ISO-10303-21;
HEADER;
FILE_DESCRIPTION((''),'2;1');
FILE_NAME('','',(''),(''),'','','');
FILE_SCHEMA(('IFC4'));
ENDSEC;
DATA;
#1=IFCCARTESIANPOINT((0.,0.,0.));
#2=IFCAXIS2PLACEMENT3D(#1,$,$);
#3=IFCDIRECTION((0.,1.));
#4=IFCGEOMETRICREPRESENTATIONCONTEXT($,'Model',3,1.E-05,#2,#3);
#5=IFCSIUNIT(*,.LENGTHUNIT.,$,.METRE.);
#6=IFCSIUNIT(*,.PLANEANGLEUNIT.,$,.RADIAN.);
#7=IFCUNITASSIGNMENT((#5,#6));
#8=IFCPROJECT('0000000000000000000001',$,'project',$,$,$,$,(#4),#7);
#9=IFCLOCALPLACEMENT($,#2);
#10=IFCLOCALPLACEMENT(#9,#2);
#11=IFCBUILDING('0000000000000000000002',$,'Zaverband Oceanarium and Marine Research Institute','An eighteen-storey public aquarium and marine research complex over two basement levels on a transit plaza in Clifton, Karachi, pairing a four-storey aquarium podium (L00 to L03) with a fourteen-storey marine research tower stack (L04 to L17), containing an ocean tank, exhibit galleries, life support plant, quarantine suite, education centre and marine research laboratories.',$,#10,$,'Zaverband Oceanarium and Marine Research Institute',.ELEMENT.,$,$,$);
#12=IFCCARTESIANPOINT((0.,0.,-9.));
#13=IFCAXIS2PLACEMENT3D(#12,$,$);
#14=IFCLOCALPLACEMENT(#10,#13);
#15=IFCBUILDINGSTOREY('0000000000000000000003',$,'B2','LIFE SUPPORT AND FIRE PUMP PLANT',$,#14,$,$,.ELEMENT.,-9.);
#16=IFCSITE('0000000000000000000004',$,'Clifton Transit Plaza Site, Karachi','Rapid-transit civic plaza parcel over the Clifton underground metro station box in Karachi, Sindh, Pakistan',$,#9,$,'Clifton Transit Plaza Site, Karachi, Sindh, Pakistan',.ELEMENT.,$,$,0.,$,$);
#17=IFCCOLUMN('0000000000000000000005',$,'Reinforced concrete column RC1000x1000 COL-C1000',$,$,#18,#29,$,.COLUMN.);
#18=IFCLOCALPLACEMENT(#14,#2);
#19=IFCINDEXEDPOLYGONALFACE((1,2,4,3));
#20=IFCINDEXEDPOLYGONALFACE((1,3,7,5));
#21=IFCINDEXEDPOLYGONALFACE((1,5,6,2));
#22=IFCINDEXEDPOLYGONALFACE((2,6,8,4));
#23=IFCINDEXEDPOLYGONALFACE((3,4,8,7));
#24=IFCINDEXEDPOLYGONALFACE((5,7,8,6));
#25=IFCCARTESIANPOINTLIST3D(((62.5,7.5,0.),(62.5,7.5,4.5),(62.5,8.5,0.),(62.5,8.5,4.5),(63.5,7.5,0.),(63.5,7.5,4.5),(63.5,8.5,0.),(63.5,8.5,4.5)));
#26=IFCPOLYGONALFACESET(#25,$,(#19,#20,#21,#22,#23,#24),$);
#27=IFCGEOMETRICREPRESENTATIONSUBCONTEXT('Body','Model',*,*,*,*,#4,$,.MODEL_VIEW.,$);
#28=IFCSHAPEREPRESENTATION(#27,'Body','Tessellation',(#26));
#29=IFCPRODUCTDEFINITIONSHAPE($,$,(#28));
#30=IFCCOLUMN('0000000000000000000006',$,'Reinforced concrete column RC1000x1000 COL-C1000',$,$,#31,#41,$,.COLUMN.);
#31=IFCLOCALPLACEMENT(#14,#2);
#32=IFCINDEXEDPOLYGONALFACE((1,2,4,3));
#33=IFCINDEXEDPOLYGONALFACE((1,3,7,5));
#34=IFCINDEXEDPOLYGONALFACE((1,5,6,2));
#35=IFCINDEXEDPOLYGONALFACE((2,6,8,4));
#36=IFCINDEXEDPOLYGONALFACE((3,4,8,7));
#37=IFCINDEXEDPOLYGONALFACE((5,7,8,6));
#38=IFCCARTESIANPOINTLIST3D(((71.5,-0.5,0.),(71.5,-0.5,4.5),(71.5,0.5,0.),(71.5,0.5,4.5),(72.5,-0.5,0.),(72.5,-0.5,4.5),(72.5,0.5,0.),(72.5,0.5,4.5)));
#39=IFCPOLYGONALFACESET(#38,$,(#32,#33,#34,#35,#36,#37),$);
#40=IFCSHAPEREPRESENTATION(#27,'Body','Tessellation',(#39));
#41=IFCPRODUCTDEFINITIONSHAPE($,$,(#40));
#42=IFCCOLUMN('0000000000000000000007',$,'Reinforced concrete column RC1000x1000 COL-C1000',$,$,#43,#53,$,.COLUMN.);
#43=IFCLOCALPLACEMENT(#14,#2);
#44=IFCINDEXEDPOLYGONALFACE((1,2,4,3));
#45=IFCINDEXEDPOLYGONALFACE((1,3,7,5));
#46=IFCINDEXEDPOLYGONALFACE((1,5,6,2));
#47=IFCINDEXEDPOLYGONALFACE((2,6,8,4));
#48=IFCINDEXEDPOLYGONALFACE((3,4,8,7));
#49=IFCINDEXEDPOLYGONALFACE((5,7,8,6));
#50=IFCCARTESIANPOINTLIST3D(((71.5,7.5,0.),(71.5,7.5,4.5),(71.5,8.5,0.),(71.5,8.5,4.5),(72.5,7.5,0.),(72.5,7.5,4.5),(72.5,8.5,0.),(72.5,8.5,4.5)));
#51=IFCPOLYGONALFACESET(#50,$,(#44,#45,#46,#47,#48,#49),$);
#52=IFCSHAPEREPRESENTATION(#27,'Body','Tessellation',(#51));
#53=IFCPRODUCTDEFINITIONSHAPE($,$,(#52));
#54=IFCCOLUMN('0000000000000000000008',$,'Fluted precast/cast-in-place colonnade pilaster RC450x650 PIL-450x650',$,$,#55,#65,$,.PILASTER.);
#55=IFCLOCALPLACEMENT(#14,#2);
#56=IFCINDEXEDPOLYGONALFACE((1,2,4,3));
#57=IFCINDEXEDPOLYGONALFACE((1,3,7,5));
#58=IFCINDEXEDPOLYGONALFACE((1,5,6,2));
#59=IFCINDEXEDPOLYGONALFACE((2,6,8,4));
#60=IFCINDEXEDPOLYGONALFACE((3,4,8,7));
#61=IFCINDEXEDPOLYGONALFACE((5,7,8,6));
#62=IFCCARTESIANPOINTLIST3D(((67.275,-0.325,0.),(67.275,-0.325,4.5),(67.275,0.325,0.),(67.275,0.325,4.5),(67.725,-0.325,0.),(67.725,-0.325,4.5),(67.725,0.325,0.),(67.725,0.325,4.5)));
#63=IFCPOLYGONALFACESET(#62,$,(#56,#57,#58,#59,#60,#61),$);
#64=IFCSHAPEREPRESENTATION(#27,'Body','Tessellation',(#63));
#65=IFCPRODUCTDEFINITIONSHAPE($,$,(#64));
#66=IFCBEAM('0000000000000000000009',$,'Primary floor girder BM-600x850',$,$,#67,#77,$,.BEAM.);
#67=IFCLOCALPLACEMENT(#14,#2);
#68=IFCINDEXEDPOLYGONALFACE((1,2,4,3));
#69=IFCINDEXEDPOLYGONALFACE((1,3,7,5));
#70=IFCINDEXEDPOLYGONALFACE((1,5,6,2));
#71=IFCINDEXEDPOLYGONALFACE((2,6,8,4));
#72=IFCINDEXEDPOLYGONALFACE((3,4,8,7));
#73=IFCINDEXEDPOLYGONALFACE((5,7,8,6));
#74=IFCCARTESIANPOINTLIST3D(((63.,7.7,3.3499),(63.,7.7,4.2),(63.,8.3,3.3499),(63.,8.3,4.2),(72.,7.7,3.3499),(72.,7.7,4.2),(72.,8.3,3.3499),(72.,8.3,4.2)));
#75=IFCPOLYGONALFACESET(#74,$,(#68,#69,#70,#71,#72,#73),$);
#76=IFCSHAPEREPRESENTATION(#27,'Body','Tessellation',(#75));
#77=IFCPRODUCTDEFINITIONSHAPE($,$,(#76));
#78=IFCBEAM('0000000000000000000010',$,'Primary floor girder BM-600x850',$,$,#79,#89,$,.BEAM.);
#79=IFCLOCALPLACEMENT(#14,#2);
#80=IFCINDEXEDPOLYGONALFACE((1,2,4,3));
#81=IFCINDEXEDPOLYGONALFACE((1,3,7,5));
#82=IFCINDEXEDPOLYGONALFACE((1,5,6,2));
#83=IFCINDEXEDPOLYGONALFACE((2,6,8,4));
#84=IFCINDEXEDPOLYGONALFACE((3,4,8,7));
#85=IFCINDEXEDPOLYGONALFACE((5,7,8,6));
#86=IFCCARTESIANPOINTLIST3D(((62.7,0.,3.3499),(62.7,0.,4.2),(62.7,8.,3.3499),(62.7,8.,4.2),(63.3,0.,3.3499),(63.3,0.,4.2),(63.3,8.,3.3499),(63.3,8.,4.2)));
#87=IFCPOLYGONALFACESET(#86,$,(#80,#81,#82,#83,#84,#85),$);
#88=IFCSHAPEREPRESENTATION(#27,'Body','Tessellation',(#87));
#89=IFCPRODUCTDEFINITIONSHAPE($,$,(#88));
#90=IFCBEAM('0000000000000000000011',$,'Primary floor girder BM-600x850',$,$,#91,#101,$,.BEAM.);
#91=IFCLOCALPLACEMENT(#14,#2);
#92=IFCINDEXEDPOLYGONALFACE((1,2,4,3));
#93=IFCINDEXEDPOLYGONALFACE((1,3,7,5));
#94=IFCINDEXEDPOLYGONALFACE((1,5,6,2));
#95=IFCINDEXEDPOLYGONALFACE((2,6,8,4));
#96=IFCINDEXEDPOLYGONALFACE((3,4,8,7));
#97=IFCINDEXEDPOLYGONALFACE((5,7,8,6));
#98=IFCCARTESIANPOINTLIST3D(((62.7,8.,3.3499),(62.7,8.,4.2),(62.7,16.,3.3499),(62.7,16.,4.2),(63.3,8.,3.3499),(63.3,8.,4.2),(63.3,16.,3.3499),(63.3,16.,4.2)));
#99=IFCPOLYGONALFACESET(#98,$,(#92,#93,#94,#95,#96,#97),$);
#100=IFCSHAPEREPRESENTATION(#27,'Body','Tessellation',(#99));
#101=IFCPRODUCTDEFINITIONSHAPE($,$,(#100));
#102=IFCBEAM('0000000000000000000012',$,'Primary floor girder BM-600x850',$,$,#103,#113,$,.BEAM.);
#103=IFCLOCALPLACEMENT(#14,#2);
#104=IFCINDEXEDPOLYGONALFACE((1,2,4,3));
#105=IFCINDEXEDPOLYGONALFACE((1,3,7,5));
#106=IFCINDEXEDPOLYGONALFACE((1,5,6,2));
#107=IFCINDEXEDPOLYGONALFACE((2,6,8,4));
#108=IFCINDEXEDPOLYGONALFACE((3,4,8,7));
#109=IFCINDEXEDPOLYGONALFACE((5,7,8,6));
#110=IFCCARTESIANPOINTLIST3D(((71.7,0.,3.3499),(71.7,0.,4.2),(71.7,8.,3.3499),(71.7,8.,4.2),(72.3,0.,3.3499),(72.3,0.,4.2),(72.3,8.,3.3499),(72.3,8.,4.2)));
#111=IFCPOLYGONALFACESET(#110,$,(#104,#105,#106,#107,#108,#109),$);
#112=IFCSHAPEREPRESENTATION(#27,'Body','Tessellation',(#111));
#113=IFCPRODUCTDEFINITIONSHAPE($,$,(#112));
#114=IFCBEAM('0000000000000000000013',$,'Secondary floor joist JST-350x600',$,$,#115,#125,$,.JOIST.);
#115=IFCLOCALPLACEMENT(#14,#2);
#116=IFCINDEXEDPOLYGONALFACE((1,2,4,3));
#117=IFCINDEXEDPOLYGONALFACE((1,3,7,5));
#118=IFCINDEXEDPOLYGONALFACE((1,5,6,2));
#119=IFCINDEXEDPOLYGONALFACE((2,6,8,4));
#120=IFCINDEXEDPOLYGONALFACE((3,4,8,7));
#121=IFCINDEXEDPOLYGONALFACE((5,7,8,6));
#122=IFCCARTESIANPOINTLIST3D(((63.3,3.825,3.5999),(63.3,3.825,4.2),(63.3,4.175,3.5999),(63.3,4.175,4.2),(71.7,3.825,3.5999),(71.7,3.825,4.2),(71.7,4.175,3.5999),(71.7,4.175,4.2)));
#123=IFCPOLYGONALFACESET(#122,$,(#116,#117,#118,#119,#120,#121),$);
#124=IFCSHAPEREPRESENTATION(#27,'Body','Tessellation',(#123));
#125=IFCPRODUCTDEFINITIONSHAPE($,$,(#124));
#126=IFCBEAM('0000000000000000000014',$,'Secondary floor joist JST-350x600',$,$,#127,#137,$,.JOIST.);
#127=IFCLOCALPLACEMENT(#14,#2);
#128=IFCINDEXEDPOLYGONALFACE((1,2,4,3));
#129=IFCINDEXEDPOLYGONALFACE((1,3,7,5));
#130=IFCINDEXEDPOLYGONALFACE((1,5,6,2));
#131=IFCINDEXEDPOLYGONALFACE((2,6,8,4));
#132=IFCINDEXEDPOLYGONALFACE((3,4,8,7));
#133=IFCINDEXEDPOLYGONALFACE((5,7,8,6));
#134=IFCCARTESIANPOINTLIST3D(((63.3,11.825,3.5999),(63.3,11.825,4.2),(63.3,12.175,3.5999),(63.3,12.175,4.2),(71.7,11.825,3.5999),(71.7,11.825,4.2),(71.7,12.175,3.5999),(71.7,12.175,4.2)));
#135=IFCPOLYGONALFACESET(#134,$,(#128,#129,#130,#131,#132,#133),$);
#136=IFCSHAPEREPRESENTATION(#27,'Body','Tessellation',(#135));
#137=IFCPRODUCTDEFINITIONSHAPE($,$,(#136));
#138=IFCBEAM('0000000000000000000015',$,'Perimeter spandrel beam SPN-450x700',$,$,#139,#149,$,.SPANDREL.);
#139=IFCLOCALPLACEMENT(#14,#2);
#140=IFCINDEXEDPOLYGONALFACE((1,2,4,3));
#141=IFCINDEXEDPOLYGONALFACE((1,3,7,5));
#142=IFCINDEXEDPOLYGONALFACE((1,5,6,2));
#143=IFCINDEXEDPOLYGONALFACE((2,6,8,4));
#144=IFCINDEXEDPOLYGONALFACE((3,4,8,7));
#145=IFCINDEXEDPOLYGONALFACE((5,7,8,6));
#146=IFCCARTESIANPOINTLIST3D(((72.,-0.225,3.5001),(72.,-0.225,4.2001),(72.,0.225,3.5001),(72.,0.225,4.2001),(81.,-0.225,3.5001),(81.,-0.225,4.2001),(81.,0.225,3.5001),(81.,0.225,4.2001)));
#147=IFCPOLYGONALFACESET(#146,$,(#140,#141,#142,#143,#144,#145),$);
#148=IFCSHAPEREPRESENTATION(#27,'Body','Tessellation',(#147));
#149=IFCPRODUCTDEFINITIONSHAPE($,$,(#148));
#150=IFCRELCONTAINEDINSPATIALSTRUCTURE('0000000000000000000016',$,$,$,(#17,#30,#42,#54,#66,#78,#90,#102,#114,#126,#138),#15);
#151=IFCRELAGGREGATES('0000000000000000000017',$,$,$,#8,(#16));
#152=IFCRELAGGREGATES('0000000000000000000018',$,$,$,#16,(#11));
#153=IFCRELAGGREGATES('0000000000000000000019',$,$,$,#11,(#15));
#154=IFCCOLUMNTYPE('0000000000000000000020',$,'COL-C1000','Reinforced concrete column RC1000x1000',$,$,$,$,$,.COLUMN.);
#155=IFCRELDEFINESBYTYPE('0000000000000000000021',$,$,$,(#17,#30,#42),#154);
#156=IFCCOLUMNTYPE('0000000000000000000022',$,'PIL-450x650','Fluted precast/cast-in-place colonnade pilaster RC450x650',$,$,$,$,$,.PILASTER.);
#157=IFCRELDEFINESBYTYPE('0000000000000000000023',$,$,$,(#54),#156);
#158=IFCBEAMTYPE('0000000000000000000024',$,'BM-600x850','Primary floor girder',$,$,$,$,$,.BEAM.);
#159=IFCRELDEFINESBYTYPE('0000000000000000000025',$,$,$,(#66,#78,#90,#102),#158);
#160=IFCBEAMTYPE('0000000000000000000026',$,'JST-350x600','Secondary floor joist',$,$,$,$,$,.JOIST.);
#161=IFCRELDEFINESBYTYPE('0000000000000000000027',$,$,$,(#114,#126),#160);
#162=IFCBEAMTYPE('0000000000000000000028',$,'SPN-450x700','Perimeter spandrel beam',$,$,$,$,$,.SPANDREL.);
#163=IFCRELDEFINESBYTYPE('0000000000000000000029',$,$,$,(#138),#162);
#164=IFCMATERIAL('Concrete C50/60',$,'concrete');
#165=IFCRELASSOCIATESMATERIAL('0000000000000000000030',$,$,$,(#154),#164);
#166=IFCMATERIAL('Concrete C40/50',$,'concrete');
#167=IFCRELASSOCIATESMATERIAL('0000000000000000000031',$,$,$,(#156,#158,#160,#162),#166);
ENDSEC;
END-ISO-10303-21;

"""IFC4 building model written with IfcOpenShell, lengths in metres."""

from ifc_helpers import new_model, si_unit, direction, frame, origin, origin_2d, place, context, subcontext, project, spatial, rectangle, extrude, material, material_profile, profile_set, type_object, element, save


model = new_model("IFC4")

# Units and contexts
model_context = context("Model", 3, precision=1e-05, world=origin(), true_north=direction((0.0, 1.0)))
body_context = subcontext(model_context, "Body", "Model", "MODEL_VIEW")
ifc_project = project(units=[si_unit("LENGTHUNIT", "METRE"), si_unit("PLANEANGLEUNIT", "RADIAN")], contexts=[model_context])

# Site, building, storey
site_placement = place(None, origin())
site = spatial("IfcSite", under=ifc_project, at=site_placement, Name="Clifton Transit Plaza Site, Karachi", Description="Rapid-transit civic plaza parcel over the Clifton underground metro station box in Karachi, Sindh, Pakistan", LongName="Clifton Transit Plaza Site, Karachi, Sindh, Pakistan", CompositionType="ELEMENT", RefElevation=0.0)
building_placement = place(site_placement, origin())
building = spatial("IfcBuilding", under=site, at=building_placement, Name="Zaverband Oceanarium and Marine Research Institute", Description="An eighteen-storey public aquarium and marine research complex over two basement levels on a transit plaza in Clifton, Karachi, pairing a four-storey aquarium podium (L00 to L03) with a fourteen-storey marine research tower stack (L04 to L17), containing an ocean tank, exhibit galleries, life support plant, quarantine suite, education centre and marine research laboratories.", LongName="Zaverband Oceanarium and Marine Research Institute", CompositionType="ELEMENT")
storey_placement = place(building_placement, frame((0.0, 0.0, -9.0)))
storey = spatial("IfcBuildingStorey", under=building, at=storey_placement, Name="B2", Description="LIFE SUPPORT AND FIRE PUMP PLANT", CompositionType="ELEMENT", Elevation=-9.0)

# Shared definitions
ifc_material_1 = material(Name="Concrete C50/60", Category="concrete")
ifc_material_2 = material(Name="Concrete C40/50", Category="concrete")

# Columns
ifc_material_profile_1 = material_profile(ifc_material_1, rectangle(XDim=1.0, YDim=1.0, at=origin_2d()), Name="RC1000x1000")
ifc_profile_set_1 = profile_set([ifc_material_profile_1], Name="Concrete C50/60")
column_type_1 = type_object("IfcColumnType", Name="COL-C1000", Description="Reinforced concrete column RC1000x1000", PredefinedType="COLUMN", material=ifc_profile_set_1)
for number, where, z_axis, x_axis, name in (
    (1, (63.0, 8.0, 0.0), (0.0, 0.0, 1.0), (1.0, 0.0, 0.0), "Reinforced concrete column RC1000x1000 COL-C1000"),
    (2, (72.0, 0.0, 0.0), (0.0, 0.0, 1.0), (1.0, 0.0, 0.0), "Reinforced concrete column RC1000x1000 COL-C1000"),
    (3, (72.0, 8.0, 0.0), (0.0, 0.0, 1.0), (1.0, 0.0, 0.0), "Reinforced concrete column RC1000x1000 COL-C1000"),
):
    element("IfcColumn", number, at=place(storey_placement, frame(where, z_axis=z_axis, x_axis=x_axis)), inside=storey, type_object=column_type_1, Name=name, PredefinedType="COLUMN", context=body_context, shape_type="SweptSolid", body=[
        extrude(rectangle(XDim=1.0, YDim=1.0, at=origin_2d()), origin(), (0.0, 0.0, 1.0), 4.5),
    ])
ifc_material_profile_2 = material_profile(ifc_material_2, rectangle(XDim=0.45, YDim=0.6499, at=origin_2d()), Name="RC450x650")
ifc_profile_set_2 = profile_set([ifc_material_profile_2], Name="Concrete C40/50")
column_type_2 = type_object("IfcColumnType", Name="PIL-450x650", Description="Fluted precast/cast-in-place colonnade pilaster RC450x650", PredefinedType="PILASTER", material=ifc_profile_set_2)
column_placement = place(storey_placement, frame((67.5, 0.0, 0.0), z_axis=(0.0, 0.0, 1.0), x_axis=(1.0, 0.0, 0.0)))
element("IfcColumn", 4, at=column_placement, inside=storey, type_object=column_type_2, Name="Fluted precast/cast-in-place colonnade pilaster RC450x650 PIL-450x650", PredefinedType="PILASTER", context=body_context, shape_type="SweptSolid", body=[
    extrude(rectangle(XDim=0.45, YDim=0.6499, at=origin_2d()), origin(), (0.0, 0.0, 1.0), 4.5),
])

# Beams
ifc_material_profile_3 = material_profile(ifc_material_2, rectangle(XDim=0.6001, YDim=0.8501, at=origin_2d()), Name="RC600x850")
ifc_profile_set_3 = profile_set([ifc_material_profile_3], Name="Concrete C40/50")
beam_type_1 = type_object("IfcBeamType", Name="BM-600x850", Description="Primary floor girder", PredefinedType="BEAM", material=ifc_profile_set_3)
beam_1_placement = place(storey_placement, frame((63.0, 8.0, 3.7749), z_axis=(1.0, 0.0, 0.0), x_axis=(0.0, 1.0, 0.0)))
element("IfcBeam", 5, at=beam_1_placement, inside=storey, type_object=beam_type_1, Name="Primary floor girder BM-600x850", PredefinedType="BEAM", context=body_context, shape_type="SweptSolid", body=[
    extrude(rectangle(XDim=0.6001, YDim=0.8501, at=origin_2d()), origin(), (0.0, 0.0, 1.0), 9.0),
])
for number, where, z_axis, x_axis, name in (
    (6, (63.0, 0.0, 3.7749), (0.0, 1.0, 0.0), (-1.0, 0.0, 0.0), "Primary floor girder BM-600x850"),
    (7, (63.0, 8.0, 3.7749), (0.0, 1.0, 0.0), (-1.0, 0.0, 0.0), "Primary floor girder BM-600x850"),
    (8, (72.0, 0.0, 3.7749), (0.0, 1.0, 0.0), (-1.0, 0.0, 0.0), "Primary floor girder BM-600x850"),
):
    element("IfcBeam", number, at=place(storey_placement, frame(where, z_axis=z_axis, x_axis=x_axis)), inside=storey, type_object=beam_type_1, Name=name, PredefinedType="BEAM", context=body_context, shape_type="SweptSolid", body=[
        extrude(rectangle(XDim=0.6001, YDim=0.8501, at=origin_2d()), origin(), (0.0, 0.0, 1.0), 8.0),
    ])
ifc_material_profile_4 = material_profile(ifc_material_2, rectangle(XDim=0.3501, YDim=0.6001, at=origin_2d()), Name="RC350x600")
ifc_profile_set_4 = profile_set([ifc_material_profile_4], Name="Concrete C40/50")
beam_type_2 = type_object("IfcBeamType", Name="JST-350x600", Description="Secondary floor joist", PredefinedType="JOIST", material=ifc_profile_set_4)
for number, where, z_axis, x_axis, name in (
    (9, (63.3, 4.0, 3.8999), (1.0, 0.0, 0.0), (0.0, 1.0, 0.0), "Secondary floor joist JST-350x600"),
    (10, (63.3, 12.0, 3.8999), (1.0, 0.0, 0.0), (0.0, 1.0, 0.0), "Secondary floor joist JST-350x600"),
):
    element("IfcBeam", number, at=place(storey_placement, frame(where, z_axis=z_axis, x_axis=x_axis)), inside=storey, type_object=beam_type_2, Name=name, PredefinedType="JOIST", context=body_context, shape_type="SweptSolid", body=[
        extrude(rectangle(XDim=0.3501, YDim=0.6001, at=origin_2d()), origin(), (0.0, 0.0, 1.0), 8.3999),
    ])
ifc_material_profile_5 = material_profile(ifc_material_2, rectangle(XDim=0.45, YDim=0.7, at=origin_2d()), Name="RC450x700")
ifc_profile_set_5 = profile_set([ifc_material_profile_5], Name="Concrete C40/50")
beam_type_3 = type_object("IfcBeamType", Name="SPN-450x700", Description="Perimeter spandrel beam", PredefinedType="SPANDREL", material=ifc_profile_set_5)
beam_2_placement = place(storey_placement, frame((72.0, 0.0, 3.8501), z_axis=(1.0, 0.0, 0.0), x_axis=(0.0, 1.0, 0.0)))
element("IfcBeam", 11, at=beam_2_placement, inside=storey, type_object=beam_type_3, Name="Perimeter spandrel beam SPN-450x700", PredefinedType="SPANDREL", context=body_context, shape_type="SweptSolid", body=[
    extrude(rectangle(XDim=0.45, YDim=0.7, at=origin_2d()), origin(), (0.0, 0.0, 1.0), 9.0),
])

save(model, "model.ifc")
